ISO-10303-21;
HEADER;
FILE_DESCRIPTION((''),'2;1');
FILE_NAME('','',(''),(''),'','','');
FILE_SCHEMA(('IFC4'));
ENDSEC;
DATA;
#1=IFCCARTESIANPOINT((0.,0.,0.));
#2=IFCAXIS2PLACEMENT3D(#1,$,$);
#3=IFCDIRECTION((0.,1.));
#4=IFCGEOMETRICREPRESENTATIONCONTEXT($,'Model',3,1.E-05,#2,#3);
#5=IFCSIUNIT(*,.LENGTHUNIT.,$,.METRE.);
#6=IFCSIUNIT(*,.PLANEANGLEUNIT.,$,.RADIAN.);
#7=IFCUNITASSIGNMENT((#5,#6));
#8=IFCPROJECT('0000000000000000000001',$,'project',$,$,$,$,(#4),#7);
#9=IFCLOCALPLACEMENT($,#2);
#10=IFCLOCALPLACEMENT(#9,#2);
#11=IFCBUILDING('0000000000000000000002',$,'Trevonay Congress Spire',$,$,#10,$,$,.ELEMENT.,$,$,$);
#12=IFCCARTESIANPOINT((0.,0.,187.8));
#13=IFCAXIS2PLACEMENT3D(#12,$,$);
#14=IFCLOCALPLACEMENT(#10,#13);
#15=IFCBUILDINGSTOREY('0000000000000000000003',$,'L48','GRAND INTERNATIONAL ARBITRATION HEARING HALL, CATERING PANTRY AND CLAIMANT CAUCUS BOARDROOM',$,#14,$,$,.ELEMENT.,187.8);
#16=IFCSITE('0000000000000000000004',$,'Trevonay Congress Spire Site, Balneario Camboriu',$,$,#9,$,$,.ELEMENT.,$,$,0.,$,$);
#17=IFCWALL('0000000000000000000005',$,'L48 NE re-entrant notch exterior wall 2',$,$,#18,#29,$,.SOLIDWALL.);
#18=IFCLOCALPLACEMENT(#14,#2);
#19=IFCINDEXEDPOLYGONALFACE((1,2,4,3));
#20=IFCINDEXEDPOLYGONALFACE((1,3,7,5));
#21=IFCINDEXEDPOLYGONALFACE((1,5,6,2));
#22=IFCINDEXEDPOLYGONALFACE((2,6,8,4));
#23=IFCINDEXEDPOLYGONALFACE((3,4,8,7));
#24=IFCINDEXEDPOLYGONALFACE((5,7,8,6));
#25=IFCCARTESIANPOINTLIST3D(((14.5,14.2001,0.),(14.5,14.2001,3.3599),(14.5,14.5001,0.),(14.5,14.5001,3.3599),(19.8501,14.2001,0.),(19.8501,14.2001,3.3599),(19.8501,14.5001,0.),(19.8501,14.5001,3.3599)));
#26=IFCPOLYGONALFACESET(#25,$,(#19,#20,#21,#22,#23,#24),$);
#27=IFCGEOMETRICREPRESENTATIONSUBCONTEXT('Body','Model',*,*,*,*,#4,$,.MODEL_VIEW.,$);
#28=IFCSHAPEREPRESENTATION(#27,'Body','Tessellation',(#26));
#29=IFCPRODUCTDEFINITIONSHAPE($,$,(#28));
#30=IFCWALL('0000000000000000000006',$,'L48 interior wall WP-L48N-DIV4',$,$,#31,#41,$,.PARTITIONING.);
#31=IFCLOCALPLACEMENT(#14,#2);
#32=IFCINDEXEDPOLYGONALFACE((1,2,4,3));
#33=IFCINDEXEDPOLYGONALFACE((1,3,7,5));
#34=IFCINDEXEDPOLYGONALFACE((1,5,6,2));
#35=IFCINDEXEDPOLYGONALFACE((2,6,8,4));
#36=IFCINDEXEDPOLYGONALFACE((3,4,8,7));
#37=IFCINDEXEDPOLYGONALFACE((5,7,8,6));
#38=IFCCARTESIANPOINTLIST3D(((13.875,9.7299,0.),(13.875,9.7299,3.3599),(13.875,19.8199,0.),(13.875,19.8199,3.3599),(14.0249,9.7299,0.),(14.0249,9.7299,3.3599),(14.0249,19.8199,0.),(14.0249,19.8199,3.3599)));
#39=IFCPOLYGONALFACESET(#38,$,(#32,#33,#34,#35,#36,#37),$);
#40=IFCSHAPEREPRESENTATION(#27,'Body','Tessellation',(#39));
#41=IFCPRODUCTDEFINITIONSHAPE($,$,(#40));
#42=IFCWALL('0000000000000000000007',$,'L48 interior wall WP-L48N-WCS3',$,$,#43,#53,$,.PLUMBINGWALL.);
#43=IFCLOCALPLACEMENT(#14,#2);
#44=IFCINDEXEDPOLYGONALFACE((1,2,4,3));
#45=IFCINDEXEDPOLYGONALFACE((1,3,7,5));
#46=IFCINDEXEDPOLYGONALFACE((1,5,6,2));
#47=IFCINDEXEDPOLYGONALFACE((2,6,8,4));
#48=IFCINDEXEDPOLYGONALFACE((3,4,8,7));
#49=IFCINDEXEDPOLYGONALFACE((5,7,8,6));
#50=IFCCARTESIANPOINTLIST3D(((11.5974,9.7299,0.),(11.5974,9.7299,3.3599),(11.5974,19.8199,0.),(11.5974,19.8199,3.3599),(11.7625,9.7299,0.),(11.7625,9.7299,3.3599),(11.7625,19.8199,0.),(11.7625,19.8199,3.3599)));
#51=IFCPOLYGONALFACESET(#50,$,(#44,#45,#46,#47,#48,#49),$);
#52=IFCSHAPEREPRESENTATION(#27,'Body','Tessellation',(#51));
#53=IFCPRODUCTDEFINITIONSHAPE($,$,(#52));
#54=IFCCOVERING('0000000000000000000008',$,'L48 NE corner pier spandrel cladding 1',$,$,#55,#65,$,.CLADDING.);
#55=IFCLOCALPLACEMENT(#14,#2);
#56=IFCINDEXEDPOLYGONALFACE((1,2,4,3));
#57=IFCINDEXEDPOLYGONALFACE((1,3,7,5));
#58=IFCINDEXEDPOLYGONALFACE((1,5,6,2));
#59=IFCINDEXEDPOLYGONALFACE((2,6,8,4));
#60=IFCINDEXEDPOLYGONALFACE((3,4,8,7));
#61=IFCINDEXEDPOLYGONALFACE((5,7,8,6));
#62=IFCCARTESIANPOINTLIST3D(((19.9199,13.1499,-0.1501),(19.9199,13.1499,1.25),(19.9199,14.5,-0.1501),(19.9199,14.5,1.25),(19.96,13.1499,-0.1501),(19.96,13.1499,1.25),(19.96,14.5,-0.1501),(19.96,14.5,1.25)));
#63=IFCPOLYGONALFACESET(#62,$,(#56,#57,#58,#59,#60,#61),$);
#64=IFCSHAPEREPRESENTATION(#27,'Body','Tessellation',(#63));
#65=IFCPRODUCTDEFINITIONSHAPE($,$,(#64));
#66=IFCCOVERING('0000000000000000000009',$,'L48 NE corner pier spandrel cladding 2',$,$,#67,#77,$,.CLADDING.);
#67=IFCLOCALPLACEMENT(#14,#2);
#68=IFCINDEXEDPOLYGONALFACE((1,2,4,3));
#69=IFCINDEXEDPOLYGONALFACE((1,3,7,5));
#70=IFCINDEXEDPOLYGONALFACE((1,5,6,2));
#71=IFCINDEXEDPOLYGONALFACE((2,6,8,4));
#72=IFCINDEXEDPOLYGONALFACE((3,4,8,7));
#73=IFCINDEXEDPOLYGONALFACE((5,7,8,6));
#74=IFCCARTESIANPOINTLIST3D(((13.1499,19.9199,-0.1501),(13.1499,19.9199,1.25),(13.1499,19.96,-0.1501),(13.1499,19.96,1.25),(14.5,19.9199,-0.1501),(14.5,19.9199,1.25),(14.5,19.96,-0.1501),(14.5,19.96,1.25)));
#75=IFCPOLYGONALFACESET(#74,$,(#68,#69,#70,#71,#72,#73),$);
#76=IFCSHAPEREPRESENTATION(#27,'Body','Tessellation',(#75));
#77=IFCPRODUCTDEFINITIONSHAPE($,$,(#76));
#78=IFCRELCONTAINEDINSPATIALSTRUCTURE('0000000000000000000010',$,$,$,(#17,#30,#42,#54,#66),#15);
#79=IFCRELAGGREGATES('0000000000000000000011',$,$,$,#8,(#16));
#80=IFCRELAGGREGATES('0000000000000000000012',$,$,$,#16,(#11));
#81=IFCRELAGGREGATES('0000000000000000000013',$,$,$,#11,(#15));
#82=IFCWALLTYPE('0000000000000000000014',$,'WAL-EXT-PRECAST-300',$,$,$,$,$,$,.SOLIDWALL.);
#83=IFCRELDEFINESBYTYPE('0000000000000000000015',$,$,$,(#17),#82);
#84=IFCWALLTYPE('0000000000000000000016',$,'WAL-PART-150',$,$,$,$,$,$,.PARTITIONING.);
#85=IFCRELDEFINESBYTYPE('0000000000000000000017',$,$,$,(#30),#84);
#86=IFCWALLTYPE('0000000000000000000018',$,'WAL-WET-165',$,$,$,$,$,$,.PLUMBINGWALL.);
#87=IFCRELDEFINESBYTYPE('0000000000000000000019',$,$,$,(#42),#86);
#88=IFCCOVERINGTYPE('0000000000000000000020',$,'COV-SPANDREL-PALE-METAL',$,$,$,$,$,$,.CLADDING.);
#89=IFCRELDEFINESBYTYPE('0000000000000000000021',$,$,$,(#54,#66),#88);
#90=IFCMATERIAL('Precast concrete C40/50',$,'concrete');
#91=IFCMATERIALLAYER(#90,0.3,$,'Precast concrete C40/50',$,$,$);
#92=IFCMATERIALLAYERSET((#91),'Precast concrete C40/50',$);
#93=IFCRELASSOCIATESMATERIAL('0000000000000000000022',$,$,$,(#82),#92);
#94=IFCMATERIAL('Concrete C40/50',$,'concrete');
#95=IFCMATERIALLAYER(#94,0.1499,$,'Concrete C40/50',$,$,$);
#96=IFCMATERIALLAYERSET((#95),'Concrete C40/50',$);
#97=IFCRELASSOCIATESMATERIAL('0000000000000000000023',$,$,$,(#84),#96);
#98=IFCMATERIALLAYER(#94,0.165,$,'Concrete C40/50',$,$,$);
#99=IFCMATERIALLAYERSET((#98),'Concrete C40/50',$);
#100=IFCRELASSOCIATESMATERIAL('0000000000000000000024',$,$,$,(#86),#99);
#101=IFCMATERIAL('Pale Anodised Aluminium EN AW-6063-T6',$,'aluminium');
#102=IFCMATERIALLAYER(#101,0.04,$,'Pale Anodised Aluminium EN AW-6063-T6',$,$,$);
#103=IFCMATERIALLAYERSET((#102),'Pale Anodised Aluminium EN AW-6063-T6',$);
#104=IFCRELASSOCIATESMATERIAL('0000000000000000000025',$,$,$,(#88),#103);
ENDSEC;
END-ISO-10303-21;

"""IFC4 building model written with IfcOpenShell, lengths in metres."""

from ifc_helpers import new_model, si_unit, direction, frame, frame_2d, origin, place, context, subcontext, project, spatial, rectangle, extrude, material, layer, layer_set, type_object, element, save


model = new_model("IFC4")

# Units and contexts
model_context = context("Model", 3, precision=1e-05, world=origin(), true_north=direction((0.0, 1.0)))
body_context = subcontext(model_context, "Body", "Model", "MODEL_VIEW")
ifc_project = project(units=[si_unit("LENGTHUNIT", "METRE"), si_unit("PLANEANGLEUNIT", "RADIAN")], contexts=[model_context])

# Site, building, storey
site_placement = place(None, origin())
site = spatial("IfcSite", under=ifc_project, at=site_placement, Name="Trevonay Congress Spire Site, Balneario Camboriu", CompositionType="ELEMENT", RefElevation=0.0)
building_placement = place(site_placement, origin())
building = spatial("IfcBuilding", under=site, at=building_placement, Name="Trevonay Congress Spire", CompositionType="ELEMENT")
storey_placement = place(building_placement, frame((0.0, 0.0, 187.8)))
storey = spatial("IfcBuildingStorey", under=building, at=storey_placement, Name="L48", Description="GRAND INTERNATIONAL ARBITRATION HEARING HALL, CATERING PANTRY AND CLAIMANT CAUCUS BOARDROOM", CompositionType="ELEMENT", Elevation=187.8)

# Shared definitions
ifc_material_1 = material(Name="Pale Anodised Aluminium EN AW-6063-T6", Category="aluminium")

# Shared definitions
ifc_material_2 = material(Name="Precast concrete C40/50", Category="concrete")
ifc_layer_1 = layer(ifc_material_2, 0.3, Name="Precast concrete C40/50")
ifc_layer_set_1 = layer_set([ifc_layer_1], Name="Precast concrete C40/50")
wall_type_1 = type_object("IfcWallType", Name="WAL-EXT-PRECAST-300", PredefinedType="SOLIDWALL", material=ifc_layer_set_1)

# Walls
wall_1_placement = place(storey_placement, frame((19.8501, 14.3501, 0.0), z_axis=(0.0, 0.0, 1.0), x_axis=(-1.0, 0.0, 0.0)))
element("IfcWall", 1, at=wall_1_placement, inside=storey, type_object=wall_type_1, Name="L48 NE re-entrant notch exterior wall 2", PredefinedType="SOLIDWALL", context=body_context, shape_type="SweptSolid", body=[
    extrude(rectangle(XDim=5.3501, YDim=0.3, at=frame_2d((2.675, 0.0))), origin(), (0.0, 0.0, 1.0), 3.3599),
])
ifc_material_3 = material(Name="Concrete C40/50", Category="concrete")
ifc_layer_2 = layer(ifc_material_3, 0.1499, Name="Concrete C40/50")
ifc_layer_set_2 = layer_set([ifc_layer_2], Name="Concrete C40/50")
wall_type_2 = type_object("IfcWallType", Name="WAL-PART-150", PredefinedType="PARTITIONING", material=ifc_layer_set_2)
wall_2_placement = place(storey_placement, frame((13.95, 9.73, 0.0), z_axis=(0.0, 0.0, 1.0), x_axis=(0.0, 1.0, 0.0)))
element("IfcWall", 2, at=wall_2_placement, inside=storey, type_object=wall_type_2, Name="L48 interior wall WP-L48N-DIV4", PredefinedType="PARTITIONING", context=body_context, shape_type="SweptSolid", body=[
    extrude(rectangle(XDim=10.0901, YDim=0.1499, at=frame_2d((5.0449, 0.0))), origin(), (0.0, 0.0, 1.0), 3.3599),
])
ifc_layer_3 = layer(ifc_material_3, 0.165, Name="Concrete C40/50")
ifc_layer_set_3 = layer_set([ifc_layer_3], Name="Concrete C40/50")
wall_type_3 = type_object("IfcWallType", Name="WAL-WET-165", PredefinedType="PLUMBINGWALL", material=ifc_layer_set_3)
wall_3_placement = place(storey_placement, frame((11.6799, 9.73, 0.0), z_axis=(0.0, 0.0, 1.0), x_axis=(0.0, 1.0, 0.0)))
element("IfcWall", 3, at=wall_3_placement, inside=storey, type_object=wall_type_3, Name="L48 interior wall WP-L48N-WCS3", PredefinedType="PLUMBINGWALL", context=body_context, shape_type="SweptSolid", body=[
    extrude(rectangle(XDim=10.0901, YDim=0.165, at=frame_2d((5.0449, 0.0))), origin(), (0.0, 0.0, 1.0), 3.3599),
])

# Coverings
ifc_layer_4 = layer(ifc_material_1, 0.04, Name="Pale Anodised Aluminium EN AW-6063-T6")
ifc_layer_set_4 = layer_set([ifc_layer_4], Name="Pale Anodised Aluminium EN AW-6063-T6")
covering_type = type_object("IfcCoveringType", Name="COV-SPANDREL-PALE-METAL", PredefinedType="CLADDING", material=ifc_layer_set_4)
for number, where, z_axis, x_axis, name in (
    (4, (19.9399, 13.1499, -0.1501), (0.0, 0.0, 1.0), (0.0, 1.0, 0.0), "L48 NE corner pier spandrel cladding 1"),
    (5, (13.1499, 19.9399, -0.1501), (0.0, 0.0, 1.0), (1.0, 0.0, 0.0), "L48 NE corner pier spandrel cladding 2"),
):
    element("IfcCovering", number, at=place(storey_placement, frame(where, z_axis=z_axis, x_axis=x_axis)), inside=storey, type_object=covering_type, Name=name, PredefinedType="CLADDING", context=body_context, shape_type="SweptSolid", body=[
        extrude(rectangle(XDim=1.3501, YDim=0.04, at=frame_2d((0.675, 0.0))), origin(), (0.0, 0.0, 1.0), 1.4001),
    ])

save(model, "model.ifc")
